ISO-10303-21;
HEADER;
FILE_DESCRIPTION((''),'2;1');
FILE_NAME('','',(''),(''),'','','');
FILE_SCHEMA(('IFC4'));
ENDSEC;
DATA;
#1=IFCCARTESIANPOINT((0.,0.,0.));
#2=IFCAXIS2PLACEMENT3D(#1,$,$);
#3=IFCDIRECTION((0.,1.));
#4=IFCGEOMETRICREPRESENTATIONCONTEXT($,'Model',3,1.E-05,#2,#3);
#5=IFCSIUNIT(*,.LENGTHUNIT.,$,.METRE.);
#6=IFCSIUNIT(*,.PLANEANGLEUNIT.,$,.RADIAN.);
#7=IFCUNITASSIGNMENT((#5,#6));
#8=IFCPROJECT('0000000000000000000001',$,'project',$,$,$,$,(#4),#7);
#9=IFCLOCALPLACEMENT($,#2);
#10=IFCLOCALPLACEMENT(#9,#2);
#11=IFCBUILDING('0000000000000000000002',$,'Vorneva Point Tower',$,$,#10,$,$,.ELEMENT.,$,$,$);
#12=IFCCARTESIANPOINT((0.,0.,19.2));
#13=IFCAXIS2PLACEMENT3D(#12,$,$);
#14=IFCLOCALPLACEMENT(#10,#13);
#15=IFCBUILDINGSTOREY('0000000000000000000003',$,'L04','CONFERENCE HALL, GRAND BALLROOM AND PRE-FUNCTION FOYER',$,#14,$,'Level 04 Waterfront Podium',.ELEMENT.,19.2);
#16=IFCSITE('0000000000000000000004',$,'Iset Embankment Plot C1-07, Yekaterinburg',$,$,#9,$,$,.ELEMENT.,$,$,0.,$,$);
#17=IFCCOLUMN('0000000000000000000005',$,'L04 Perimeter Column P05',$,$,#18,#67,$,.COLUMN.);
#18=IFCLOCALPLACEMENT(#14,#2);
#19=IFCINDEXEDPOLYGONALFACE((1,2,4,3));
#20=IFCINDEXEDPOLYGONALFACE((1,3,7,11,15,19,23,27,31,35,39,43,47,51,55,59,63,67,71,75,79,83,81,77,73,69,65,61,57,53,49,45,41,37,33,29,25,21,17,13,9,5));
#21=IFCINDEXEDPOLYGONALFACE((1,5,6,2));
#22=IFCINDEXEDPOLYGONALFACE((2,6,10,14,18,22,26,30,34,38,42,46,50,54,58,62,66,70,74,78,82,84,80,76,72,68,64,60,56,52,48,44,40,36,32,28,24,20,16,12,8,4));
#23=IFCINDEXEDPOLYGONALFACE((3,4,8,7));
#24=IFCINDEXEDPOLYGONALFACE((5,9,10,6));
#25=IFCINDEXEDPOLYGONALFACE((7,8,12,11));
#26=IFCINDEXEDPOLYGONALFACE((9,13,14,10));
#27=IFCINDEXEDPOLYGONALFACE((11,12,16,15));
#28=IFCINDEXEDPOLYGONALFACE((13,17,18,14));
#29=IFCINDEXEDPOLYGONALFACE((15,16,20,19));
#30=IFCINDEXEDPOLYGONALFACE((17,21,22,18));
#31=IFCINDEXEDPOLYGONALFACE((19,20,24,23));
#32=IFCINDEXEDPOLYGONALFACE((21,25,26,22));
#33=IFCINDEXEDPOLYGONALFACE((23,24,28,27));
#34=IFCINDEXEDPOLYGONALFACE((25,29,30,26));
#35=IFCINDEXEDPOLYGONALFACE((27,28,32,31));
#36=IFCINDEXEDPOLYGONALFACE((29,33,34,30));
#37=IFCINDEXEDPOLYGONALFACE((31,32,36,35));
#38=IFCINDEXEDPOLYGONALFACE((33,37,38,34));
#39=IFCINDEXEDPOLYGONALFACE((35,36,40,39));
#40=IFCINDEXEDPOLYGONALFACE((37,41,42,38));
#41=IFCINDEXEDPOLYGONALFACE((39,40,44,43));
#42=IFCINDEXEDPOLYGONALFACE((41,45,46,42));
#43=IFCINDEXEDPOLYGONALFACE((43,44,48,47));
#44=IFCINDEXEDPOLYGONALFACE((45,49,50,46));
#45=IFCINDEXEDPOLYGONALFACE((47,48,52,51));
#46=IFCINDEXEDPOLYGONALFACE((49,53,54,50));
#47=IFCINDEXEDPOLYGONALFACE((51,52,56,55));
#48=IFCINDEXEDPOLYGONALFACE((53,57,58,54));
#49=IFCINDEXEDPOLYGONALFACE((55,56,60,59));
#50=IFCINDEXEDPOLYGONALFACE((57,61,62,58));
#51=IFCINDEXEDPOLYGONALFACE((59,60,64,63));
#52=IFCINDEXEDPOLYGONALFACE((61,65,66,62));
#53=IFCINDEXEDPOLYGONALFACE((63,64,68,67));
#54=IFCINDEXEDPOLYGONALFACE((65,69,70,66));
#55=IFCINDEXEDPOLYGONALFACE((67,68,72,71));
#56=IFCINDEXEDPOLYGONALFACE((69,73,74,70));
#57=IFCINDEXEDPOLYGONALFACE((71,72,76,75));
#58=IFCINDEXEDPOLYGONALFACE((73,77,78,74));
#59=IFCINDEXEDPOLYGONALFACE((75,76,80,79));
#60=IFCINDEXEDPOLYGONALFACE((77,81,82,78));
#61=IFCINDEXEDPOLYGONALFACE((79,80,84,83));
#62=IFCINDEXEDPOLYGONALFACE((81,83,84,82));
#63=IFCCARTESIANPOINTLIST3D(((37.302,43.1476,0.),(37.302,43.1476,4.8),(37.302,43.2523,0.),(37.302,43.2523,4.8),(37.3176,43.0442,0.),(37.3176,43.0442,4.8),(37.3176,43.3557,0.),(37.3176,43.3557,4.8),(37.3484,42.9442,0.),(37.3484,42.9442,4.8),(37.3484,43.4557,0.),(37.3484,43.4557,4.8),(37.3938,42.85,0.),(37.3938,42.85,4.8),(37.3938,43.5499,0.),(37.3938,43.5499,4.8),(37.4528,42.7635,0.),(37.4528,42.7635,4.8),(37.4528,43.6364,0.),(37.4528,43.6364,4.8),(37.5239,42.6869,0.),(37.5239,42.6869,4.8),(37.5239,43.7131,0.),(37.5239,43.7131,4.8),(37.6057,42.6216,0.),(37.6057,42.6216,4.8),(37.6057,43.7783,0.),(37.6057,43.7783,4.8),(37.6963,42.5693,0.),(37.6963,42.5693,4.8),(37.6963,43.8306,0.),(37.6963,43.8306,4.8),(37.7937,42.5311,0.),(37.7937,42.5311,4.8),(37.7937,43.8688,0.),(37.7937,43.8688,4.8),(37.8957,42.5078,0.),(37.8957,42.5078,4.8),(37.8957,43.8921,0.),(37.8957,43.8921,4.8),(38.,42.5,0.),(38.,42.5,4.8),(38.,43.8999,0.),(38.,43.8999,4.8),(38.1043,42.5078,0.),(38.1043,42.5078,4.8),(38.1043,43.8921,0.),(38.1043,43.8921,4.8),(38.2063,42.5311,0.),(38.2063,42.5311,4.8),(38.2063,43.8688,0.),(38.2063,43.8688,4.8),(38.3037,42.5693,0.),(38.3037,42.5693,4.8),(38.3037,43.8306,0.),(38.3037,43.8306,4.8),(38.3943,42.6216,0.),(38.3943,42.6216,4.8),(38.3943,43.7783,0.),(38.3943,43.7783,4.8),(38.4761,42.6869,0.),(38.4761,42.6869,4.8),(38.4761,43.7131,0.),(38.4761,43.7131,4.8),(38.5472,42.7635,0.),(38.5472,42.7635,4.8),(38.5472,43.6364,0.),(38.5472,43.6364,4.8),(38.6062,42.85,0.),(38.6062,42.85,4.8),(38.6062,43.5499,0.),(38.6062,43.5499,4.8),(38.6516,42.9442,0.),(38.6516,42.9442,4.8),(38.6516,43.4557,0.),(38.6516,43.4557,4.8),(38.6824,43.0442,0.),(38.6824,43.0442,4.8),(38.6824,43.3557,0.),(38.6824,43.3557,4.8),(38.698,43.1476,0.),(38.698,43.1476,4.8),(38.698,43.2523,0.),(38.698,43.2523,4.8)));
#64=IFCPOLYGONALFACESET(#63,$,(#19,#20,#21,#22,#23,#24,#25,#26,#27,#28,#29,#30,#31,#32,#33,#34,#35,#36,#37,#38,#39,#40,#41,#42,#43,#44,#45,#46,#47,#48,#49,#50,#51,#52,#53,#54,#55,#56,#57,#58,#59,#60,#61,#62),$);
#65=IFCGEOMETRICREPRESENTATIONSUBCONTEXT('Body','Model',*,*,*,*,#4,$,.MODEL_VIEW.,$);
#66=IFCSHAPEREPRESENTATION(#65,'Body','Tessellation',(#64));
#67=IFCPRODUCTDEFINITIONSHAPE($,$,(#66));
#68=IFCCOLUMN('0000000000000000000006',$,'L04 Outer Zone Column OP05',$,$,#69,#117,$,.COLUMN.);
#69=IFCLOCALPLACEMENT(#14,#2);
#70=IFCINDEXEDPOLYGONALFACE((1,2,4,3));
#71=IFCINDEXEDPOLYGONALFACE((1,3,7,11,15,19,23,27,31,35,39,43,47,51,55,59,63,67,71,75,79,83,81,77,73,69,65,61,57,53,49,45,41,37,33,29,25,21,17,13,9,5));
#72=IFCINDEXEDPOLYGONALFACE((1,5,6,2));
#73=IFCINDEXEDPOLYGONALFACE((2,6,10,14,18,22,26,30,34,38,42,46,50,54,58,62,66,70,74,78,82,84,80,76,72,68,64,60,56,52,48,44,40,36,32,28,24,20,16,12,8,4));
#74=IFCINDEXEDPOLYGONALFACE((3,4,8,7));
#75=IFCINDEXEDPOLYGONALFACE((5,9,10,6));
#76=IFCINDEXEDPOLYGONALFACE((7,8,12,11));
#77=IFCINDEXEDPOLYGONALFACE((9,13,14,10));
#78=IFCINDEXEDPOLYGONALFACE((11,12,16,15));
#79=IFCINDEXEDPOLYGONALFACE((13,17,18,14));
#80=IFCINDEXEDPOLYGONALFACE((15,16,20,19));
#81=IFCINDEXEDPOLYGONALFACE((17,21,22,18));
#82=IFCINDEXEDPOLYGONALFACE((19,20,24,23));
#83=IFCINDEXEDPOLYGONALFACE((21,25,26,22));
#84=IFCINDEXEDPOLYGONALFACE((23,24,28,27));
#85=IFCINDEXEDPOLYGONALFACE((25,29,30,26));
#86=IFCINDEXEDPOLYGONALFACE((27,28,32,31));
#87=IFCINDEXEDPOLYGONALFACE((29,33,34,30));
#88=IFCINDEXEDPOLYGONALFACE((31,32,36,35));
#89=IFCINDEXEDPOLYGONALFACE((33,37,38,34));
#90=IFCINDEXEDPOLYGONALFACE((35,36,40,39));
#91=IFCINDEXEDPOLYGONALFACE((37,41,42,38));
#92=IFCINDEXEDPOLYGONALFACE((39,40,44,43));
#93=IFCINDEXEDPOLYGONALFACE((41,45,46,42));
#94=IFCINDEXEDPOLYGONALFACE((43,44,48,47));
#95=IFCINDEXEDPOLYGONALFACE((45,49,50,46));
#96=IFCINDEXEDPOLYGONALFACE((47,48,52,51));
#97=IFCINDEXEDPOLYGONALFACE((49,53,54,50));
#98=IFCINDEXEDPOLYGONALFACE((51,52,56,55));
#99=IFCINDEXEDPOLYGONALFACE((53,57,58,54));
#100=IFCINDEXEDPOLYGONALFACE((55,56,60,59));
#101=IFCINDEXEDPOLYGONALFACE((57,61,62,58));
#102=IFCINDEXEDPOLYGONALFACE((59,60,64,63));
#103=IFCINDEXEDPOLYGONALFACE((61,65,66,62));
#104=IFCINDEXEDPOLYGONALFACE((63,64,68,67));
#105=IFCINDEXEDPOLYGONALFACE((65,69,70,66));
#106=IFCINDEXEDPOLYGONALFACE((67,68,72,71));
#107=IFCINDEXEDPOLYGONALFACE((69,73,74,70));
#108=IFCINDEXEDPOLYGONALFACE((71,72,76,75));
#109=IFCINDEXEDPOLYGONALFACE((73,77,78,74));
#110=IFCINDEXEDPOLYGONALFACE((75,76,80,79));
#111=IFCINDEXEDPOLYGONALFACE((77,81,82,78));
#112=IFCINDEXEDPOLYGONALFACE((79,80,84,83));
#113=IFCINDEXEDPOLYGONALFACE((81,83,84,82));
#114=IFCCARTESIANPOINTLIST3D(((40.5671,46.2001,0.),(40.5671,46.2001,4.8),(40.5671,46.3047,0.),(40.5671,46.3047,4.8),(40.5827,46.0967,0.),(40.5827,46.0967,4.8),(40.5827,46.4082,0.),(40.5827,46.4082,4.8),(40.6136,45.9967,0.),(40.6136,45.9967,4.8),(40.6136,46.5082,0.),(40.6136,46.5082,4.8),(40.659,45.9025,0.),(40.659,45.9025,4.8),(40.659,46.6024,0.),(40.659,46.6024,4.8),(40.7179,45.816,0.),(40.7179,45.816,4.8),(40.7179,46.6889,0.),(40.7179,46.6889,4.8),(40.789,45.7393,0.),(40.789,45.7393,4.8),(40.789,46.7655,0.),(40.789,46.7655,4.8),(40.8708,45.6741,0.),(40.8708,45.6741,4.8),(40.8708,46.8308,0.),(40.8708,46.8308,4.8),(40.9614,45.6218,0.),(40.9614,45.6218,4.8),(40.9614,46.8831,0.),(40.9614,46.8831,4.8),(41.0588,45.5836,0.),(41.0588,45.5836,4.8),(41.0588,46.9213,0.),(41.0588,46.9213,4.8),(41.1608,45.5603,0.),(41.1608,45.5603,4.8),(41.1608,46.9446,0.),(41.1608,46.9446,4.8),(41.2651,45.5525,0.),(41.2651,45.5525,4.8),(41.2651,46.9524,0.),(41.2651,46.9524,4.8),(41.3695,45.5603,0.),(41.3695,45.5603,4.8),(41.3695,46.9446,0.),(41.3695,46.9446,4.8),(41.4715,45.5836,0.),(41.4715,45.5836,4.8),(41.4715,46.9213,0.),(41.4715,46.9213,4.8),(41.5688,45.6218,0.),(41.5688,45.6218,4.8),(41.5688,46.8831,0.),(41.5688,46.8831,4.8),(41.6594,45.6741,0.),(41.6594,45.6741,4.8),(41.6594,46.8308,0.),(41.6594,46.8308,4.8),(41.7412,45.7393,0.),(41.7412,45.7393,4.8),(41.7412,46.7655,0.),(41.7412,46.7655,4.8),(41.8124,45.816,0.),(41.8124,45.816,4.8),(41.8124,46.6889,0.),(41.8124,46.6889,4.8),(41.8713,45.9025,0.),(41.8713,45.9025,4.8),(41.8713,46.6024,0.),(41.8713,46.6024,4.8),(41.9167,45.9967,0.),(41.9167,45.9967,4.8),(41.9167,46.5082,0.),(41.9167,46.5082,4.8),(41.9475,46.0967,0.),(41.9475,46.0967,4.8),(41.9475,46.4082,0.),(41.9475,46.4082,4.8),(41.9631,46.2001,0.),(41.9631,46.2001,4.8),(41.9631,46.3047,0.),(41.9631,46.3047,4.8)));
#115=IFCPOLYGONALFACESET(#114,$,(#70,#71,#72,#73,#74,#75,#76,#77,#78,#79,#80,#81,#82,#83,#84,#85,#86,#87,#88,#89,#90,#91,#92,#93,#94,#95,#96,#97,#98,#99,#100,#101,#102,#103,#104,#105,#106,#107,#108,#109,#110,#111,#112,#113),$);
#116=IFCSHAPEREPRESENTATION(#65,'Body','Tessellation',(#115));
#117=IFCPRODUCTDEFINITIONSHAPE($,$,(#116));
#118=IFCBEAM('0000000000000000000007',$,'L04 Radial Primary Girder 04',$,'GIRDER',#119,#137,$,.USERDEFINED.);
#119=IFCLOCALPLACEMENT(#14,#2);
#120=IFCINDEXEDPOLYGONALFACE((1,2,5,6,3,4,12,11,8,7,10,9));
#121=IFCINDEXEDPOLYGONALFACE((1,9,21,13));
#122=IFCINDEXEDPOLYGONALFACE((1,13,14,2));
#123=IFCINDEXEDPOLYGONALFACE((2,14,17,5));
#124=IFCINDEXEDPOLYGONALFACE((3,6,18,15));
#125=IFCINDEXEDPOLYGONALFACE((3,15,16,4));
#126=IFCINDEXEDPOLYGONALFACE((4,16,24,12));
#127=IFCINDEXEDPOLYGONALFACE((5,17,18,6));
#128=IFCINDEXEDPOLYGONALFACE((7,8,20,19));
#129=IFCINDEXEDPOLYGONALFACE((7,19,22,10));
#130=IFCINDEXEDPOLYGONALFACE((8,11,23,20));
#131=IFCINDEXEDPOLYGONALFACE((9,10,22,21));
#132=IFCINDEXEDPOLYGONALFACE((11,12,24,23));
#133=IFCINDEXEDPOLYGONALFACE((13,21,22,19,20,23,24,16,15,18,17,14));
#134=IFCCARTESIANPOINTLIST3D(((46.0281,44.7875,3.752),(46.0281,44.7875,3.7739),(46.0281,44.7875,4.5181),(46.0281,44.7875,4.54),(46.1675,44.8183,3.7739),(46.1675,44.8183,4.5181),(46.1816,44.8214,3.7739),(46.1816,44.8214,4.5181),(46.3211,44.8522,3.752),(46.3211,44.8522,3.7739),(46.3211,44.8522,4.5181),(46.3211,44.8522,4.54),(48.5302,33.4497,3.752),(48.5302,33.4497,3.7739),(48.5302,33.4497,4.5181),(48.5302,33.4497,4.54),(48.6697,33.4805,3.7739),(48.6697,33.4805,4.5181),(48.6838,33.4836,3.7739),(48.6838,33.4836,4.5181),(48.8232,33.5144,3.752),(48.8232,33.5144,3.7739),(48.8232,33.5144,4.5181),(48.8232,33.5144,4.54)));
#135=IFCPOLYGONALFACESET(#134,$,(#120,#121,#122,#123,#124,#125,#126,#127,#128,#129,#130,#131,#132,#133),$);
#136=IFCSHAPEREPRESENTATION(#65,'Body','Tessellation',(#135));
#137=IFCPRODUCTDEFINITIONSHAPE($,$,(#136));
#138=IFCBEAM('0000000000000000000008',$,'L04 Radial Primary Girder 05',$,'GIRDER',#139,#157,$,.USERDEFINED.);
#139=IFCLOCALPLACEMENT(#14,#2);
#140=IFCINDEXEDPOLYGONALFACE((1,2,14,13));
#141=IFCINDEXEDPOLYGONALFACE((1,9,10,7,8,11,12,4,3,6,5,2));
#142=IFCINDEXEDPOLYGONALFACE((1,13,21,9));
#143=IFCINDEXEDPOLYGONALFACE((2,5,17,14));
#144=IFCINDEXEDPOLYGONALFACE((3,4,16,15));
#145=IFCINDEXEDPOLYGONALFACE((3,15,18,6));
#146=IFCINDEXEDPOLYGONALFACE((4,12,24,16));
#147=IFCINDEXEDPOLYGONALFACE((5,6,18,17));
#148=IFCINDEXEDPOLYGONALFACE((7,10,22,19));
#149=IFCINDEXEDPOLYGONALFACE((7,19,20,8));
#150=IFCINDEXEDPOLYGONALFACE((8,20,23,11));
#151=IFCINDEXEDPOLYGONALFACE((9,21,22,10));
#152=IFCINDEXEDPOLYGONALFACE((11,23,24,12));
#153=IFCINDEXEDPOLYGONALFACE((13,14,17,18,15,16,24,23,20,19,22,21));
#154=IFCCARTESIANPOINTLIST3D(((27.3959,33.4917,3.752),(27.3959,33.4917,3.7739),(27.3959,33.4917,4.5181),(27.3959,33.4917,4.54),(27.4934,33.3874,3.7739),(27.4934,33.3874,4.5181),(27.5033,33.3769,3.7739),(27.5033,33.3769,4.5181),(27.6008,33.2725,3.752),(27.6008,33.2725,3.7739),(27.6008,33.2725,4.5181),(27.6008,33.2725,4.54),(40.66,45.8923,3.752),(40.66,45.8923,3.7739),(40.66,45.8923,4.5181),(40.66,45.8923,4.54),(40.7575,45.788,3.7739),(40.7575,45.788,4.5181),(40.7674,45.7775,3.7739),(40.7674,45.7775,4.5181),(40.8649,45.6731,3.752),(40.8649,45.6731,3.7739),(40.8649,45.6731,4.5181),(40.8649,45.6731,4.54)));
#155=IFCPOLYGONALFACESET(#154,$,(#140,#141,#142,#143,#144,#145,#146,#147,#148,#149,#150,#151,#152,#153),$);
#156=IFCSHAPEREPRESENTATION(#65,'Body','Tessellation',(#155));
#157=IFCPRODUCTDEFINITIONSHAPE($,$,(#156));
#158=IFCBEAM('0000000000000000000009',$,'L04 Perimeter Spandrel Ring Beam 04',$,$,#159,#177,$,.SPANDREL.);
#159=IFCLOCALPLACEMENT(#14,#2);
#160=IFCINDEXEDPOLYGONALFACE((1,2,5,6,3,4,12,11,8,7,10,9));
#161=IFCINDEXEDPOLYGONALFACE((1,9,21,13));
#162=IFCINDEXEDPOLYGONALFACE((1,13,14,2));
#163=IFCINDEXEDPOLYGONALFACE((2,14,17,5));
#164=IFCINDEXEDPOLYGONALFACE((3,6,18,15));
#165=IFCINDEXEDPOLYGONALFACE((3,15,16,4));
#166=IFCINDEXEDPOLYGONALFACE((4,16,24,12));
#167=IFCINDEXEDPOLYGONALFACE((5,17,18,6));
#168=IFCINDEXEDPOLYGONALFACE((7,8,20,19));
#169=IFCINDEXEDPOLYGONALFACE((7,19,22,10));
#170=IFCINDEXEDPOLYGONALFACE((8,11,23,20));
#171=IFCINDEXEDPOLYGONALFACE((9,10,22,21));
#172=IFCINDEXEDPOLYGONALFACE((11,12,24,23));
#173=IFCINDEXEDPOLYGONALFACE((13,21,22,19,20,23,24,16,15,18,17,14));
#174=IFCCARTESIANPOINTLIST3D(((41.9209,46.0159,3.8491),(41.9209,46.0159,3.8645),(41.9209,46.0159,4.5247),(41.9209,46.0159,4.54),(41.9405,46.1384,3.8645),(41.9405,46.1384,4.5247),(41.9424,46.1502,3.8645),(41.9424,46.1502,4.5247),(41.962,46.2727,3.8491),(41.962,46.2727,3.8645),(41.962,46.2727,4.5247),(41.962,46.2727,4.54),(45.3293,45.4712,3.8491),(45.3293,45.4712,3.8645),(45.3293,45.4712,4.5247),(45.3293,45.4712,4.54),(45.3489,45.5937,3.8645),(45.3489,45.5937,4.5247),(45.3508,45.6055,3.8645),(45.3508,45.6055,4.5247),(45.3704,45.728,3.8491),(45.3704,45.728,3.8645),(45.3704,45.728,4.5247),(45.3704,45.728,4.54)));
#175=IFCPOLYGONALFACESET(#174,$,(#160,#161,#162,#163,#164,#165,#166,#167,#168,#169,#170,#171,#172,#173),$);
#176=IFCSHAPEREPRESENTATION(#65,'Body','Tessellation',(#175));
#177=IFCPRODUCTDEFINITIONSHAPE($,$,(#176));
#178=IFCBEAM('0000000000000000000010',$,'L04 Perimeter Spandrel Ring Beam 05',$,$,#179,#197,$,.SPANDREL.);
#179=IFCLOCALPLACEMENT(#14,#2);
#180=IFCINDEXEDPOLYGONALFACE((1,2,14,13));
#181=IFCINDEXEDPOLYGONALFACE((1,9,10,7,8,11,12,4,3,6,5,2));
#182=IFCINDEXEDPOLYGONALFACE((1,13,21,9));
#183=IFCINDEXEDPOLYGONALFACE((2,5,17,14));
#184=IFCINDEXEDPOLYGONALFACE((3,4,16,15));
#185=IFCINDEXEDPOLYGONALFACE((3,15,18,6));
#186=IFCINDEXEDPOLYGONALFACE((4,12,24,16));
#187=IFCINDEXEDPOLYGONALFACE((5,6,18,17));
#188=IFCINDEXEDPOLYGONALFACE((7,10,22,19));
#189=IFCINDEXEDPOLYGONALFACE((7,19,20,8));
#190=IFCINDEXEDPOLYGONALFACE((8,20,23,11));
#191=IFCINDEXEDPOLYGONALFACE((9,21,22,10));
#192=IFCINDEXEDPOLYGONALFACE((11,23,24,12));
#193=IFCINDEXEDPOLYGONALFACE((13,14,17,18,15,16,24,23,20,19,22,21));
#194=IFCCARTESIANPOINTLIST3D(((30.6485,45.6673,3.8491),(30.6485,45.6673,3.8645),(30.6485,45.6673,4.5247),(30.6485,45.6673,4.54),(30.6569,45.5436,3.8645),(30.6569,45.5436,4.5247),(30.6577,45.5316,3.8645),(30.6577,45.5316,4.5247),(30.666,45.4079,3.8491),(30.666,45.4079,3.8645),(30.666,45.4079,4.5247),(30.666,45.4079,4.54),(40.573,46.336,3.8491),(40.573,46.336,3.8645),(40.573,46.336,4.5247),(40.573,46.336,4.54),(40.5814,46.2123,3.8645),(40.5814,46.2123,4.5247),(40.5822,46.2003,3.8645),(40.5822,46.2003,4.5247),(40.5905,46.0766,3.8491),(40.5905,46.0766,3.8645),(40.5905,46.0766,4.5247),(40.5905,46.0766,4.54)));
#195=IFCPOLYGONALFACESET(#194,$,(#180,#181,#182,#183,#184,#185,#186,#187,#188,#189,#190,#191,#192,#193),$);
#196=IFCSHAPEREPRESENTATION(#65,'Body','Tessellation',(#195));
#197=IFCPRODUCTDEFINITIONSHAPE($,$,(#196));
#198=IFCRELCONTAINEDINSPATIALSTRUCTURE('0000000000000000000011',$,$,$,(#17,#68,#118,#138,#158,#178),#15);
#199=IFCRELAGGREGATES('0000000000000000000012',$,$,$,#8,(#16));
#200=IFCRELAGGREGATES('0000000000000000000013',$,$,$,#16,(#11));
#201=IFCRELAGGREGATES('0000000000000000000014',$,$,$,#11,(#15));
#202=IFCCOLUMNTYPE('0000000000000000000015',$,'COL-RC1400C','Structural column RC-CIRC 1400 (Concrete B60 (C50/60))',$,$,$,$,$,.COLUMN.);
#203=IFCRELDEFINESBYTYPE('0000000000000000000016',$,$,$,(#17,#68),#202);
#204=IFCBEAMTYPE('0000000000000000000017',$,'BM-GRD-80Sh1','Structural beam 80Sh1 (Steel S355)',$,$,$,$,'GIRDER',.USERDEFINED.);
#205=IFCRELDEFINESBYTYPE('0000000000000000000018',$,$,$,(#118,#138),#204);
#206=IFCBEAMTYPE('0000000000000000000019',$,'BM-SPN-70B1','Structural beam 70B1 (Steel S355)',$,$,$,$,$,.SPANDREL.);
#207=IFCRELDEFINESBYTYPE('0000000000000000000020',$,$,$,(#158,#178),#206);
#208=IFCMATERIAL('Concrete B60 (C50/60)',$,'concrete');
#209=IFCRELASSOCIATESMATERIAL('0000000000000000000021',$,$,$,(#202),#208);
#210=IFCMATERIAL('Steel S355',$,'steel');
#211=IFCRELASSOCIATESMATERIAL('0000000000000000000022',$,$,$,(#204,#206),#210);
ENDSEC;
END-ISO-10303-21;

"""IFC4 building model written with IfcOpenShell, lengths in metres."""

from ifc_helpers import new_model, si_unit, direction, frame, origin, origin_2d, place, context, subcontext, project, spatial, circle, i_section, extrude, material, material_profile, profile_set, type_object, element, save


model = new_model("IFC4")

# Units and contexts
model_context = context("Model", 3, precision=1e-05, world=origin(), true_north=direction((0.0, 1.0)))
body_context = subcontext(model_context, "Body", "Model", "MODEL_VIEW")
ifc_project = project(units=[si_unit("LENGTHUNIT", "METRE"), si_unit("PLANEANGLEUNIT", "RADIAN")], contexts=[model_context])

# Site, building, storey
site_placement = place(None, origin())
site = spatial("IfcSite", under=ifc_project, at=site_placement, Name="Iset Embankment Plot C1-07, Yekaterinburg", CompositionType="ELEMENT", RefElevation=0.0)
building_placement = place(site_placement, origin())
building = spatial("IfcBuilding", under=site, at=building_placement, Name="Vorneva Point Tower", CompositionType="ELEMENT")
storey_placement = place(building_placement, frame((0.0, 0.0, 19.2)))
storey = spatial("IfcBuildingStorey", under=building, at=storey_placement, Name="L04", Description="CONFERENCE HALL, GRAND BALLROOM AND PRE-FUNCTION FOYER", LongName="Level 04 Waterfront Podium", CompositionType="ELEMENT", Elevation=19.2)

# Columns
ifc_material_1 = material(Name="Concrete B60 (C50/60)", Category="concrete")
ifc_material_profile_1 = material_profile(ifc_material_1, circle(Radius=0.7, at=origin_2d()), Name="RC-CIRC 1400")
ifc_profile_set_1 = profile_set([ifc_material_profile_1], Name="Concrete B60 (C50/60)")
column_type = type_object("IfcColumnType", Name="COL-RC1400C", Description="Structural column RC-CIRC 1400 (Concrete B60 (C50/60))", PredefinedType="COLUMN", material=ifc_profile_set_1)
for number, where, z_axis, x_axis, name in (
    (1, (38.0, 43.2, 0.0), (0.0, 0.0, 1.0), (0.0, 1.0, 0.0), "L04 Perimeter Column P05"),
    (2, (41.2651, 46.2524, 0.0), (0.0, 0.0, 1.0), (0.0, 1.0, 0.0), "L04 Outer Zone Column OP05"),
):
    element("IfcColumn", number, at=place(storey_placement, frame(where, z_axis=z_axis, x_axis=x_axis)), inside=storey, type_object=column_type, Name=name, PredefinedType="COLUMN", context=body_context, shape_type="SweptSolid", body=[
        extrude(circle(Radius=0.7, at=origin_2d()), origin(), (0.0, 0.0, 1.0), 4.8),
    ])

# Beams
ifc_material_2 = material(Name="Steel S355", Category="steel")
ifc_material_profile_2 = material_profile(ifc_material_2, i_section(OverallWidth=0.3, OverallDepth=0.7881, WebThickness=0.0144, FlangeThickness=0.022, at=origin_2d()), Name="80Sh1")
ifc_profile_set_2 = profile_set([ifc_material_profile_2], Name="Steel S355")
beam_type_1 = type_object("IfcBeamType", Name="BM-GRD-80Sh1", Description="Structural beam 80Sh1 (Steel S355)", ElementType="GIRDER", PredefinedType="USERDEFINED", material=ifc_profile_set_2)
beam_1_placement = place(storey_placement, frame((46.1746, 44.8198, 4.146), z_axis=(0.215508, -0.976502, 0.0), x_axis=(0.976502, 0.215508, 0.0)))
element("IfcBeam", 3, at=beam_1_placement, inside=storey, type_object=beam_type_1, Name="L04 Radial Primary Girder 04", ObjectType="GIRDER", PredefinedType="USERDEFINED", context=body_context, shape_type="SweptSolid", body=[
    extrude(i_section(OverallWidth=0.3, OverallDepth=0.7881, WebThickness=0.0144, FlangeThickness=0.022, at=origin_2d()), origin(), (0.0, 0.0, 1.0), 11.6106),
])
beam_2_placement = place(storey_placement, frame((40.7625, 45.7827, 4.146), z_axis=(-0.730485, -0.682929, 0.0), x_axis=(0.682929, -0.730485, 0.0)))
element("IfcBeam", 4, at=beam_2_placement, inside=storey, type_object=beam_type_1, Name="L04 Radial Primary Girder 05", ObjectType="GIRDER", PredefinedType="USERDEFINED", context=body_context, shape_type="SweptSolid", body=[
    extrude(i_section(OverallWidth=0.3, OverallDepth=0.7881, WebThickness=0.0144, FlangeThickness=0.022, at=origin_2d()), origin(), (0.0, 0.0, 1.0), 18.158),
])
ifc_material_profile_3 = material_profile(ifc_material_2, i_section(OverallWidth=0.26, OverallDepth=0.6909, WebThickness=0.012, FlangeThickness=0.0154, at=origin_2d()), Name="70B1")
ifc_profile_set_3 = profile_set([ifc_material_profile_3], Name="Steel S355")
beam_type_2 = type_object("IfcBeamType", Name="BM-SPN-70B1", Description="Structural beam 70B1 (Steel S355)", PredefinedType="SPANDREL", material=ifc_profile_set_3)
beam_3_placement = place(storey_placement, frame((45.3499, 45.5996, 4.1946), z_axis=(-0.987471, 0.1578, 0.0), x_axis=(-0.1578, -0.987471, 0.0)))
element("IfcBeam", 5, at=beam_3_placement, inside=storey, type_object=beam_type_2, Name="L04 Perimeter Spandrel Ring Beam 04", PredefinedType="SPANDREL", context=body_context, shape_type="SweptSolid", body=[
    extrude(i_section(OverallWidth=0.26, OverallDepth=0.6909, WebThickness=0.012, FlangeThickness=0.0154, at=origin_2d()), origin(), (0.0, 0.0, 1.0), 3.4517),
])
beam_4_placement = place(storey_placement, frame((40.5818, 46.2063, 4.1946), z_axis=(-0.997738, -0.067226, 0.0), x_axis=(0.067226, -0.997738, 0.0)))
element("IfcBeam", 6, at=beam_4_placement, inside=storey, type_object=beam_type_2, Name="L04 Perimeter Spandrel Ring Beam 05", PredefinedType="SPANDREL", context=body_context, shape_type="SweptSolid", body=[
    extrude(i_section(OverallWidth=0.26, OverallDepth=0.6909, WebThickness=0.012, FlangeThickness=0.0154, at=origin_2d()), origin(), (0.0, 0.0, 1.0), 9.947),
])

save(model, "model.ifc")
